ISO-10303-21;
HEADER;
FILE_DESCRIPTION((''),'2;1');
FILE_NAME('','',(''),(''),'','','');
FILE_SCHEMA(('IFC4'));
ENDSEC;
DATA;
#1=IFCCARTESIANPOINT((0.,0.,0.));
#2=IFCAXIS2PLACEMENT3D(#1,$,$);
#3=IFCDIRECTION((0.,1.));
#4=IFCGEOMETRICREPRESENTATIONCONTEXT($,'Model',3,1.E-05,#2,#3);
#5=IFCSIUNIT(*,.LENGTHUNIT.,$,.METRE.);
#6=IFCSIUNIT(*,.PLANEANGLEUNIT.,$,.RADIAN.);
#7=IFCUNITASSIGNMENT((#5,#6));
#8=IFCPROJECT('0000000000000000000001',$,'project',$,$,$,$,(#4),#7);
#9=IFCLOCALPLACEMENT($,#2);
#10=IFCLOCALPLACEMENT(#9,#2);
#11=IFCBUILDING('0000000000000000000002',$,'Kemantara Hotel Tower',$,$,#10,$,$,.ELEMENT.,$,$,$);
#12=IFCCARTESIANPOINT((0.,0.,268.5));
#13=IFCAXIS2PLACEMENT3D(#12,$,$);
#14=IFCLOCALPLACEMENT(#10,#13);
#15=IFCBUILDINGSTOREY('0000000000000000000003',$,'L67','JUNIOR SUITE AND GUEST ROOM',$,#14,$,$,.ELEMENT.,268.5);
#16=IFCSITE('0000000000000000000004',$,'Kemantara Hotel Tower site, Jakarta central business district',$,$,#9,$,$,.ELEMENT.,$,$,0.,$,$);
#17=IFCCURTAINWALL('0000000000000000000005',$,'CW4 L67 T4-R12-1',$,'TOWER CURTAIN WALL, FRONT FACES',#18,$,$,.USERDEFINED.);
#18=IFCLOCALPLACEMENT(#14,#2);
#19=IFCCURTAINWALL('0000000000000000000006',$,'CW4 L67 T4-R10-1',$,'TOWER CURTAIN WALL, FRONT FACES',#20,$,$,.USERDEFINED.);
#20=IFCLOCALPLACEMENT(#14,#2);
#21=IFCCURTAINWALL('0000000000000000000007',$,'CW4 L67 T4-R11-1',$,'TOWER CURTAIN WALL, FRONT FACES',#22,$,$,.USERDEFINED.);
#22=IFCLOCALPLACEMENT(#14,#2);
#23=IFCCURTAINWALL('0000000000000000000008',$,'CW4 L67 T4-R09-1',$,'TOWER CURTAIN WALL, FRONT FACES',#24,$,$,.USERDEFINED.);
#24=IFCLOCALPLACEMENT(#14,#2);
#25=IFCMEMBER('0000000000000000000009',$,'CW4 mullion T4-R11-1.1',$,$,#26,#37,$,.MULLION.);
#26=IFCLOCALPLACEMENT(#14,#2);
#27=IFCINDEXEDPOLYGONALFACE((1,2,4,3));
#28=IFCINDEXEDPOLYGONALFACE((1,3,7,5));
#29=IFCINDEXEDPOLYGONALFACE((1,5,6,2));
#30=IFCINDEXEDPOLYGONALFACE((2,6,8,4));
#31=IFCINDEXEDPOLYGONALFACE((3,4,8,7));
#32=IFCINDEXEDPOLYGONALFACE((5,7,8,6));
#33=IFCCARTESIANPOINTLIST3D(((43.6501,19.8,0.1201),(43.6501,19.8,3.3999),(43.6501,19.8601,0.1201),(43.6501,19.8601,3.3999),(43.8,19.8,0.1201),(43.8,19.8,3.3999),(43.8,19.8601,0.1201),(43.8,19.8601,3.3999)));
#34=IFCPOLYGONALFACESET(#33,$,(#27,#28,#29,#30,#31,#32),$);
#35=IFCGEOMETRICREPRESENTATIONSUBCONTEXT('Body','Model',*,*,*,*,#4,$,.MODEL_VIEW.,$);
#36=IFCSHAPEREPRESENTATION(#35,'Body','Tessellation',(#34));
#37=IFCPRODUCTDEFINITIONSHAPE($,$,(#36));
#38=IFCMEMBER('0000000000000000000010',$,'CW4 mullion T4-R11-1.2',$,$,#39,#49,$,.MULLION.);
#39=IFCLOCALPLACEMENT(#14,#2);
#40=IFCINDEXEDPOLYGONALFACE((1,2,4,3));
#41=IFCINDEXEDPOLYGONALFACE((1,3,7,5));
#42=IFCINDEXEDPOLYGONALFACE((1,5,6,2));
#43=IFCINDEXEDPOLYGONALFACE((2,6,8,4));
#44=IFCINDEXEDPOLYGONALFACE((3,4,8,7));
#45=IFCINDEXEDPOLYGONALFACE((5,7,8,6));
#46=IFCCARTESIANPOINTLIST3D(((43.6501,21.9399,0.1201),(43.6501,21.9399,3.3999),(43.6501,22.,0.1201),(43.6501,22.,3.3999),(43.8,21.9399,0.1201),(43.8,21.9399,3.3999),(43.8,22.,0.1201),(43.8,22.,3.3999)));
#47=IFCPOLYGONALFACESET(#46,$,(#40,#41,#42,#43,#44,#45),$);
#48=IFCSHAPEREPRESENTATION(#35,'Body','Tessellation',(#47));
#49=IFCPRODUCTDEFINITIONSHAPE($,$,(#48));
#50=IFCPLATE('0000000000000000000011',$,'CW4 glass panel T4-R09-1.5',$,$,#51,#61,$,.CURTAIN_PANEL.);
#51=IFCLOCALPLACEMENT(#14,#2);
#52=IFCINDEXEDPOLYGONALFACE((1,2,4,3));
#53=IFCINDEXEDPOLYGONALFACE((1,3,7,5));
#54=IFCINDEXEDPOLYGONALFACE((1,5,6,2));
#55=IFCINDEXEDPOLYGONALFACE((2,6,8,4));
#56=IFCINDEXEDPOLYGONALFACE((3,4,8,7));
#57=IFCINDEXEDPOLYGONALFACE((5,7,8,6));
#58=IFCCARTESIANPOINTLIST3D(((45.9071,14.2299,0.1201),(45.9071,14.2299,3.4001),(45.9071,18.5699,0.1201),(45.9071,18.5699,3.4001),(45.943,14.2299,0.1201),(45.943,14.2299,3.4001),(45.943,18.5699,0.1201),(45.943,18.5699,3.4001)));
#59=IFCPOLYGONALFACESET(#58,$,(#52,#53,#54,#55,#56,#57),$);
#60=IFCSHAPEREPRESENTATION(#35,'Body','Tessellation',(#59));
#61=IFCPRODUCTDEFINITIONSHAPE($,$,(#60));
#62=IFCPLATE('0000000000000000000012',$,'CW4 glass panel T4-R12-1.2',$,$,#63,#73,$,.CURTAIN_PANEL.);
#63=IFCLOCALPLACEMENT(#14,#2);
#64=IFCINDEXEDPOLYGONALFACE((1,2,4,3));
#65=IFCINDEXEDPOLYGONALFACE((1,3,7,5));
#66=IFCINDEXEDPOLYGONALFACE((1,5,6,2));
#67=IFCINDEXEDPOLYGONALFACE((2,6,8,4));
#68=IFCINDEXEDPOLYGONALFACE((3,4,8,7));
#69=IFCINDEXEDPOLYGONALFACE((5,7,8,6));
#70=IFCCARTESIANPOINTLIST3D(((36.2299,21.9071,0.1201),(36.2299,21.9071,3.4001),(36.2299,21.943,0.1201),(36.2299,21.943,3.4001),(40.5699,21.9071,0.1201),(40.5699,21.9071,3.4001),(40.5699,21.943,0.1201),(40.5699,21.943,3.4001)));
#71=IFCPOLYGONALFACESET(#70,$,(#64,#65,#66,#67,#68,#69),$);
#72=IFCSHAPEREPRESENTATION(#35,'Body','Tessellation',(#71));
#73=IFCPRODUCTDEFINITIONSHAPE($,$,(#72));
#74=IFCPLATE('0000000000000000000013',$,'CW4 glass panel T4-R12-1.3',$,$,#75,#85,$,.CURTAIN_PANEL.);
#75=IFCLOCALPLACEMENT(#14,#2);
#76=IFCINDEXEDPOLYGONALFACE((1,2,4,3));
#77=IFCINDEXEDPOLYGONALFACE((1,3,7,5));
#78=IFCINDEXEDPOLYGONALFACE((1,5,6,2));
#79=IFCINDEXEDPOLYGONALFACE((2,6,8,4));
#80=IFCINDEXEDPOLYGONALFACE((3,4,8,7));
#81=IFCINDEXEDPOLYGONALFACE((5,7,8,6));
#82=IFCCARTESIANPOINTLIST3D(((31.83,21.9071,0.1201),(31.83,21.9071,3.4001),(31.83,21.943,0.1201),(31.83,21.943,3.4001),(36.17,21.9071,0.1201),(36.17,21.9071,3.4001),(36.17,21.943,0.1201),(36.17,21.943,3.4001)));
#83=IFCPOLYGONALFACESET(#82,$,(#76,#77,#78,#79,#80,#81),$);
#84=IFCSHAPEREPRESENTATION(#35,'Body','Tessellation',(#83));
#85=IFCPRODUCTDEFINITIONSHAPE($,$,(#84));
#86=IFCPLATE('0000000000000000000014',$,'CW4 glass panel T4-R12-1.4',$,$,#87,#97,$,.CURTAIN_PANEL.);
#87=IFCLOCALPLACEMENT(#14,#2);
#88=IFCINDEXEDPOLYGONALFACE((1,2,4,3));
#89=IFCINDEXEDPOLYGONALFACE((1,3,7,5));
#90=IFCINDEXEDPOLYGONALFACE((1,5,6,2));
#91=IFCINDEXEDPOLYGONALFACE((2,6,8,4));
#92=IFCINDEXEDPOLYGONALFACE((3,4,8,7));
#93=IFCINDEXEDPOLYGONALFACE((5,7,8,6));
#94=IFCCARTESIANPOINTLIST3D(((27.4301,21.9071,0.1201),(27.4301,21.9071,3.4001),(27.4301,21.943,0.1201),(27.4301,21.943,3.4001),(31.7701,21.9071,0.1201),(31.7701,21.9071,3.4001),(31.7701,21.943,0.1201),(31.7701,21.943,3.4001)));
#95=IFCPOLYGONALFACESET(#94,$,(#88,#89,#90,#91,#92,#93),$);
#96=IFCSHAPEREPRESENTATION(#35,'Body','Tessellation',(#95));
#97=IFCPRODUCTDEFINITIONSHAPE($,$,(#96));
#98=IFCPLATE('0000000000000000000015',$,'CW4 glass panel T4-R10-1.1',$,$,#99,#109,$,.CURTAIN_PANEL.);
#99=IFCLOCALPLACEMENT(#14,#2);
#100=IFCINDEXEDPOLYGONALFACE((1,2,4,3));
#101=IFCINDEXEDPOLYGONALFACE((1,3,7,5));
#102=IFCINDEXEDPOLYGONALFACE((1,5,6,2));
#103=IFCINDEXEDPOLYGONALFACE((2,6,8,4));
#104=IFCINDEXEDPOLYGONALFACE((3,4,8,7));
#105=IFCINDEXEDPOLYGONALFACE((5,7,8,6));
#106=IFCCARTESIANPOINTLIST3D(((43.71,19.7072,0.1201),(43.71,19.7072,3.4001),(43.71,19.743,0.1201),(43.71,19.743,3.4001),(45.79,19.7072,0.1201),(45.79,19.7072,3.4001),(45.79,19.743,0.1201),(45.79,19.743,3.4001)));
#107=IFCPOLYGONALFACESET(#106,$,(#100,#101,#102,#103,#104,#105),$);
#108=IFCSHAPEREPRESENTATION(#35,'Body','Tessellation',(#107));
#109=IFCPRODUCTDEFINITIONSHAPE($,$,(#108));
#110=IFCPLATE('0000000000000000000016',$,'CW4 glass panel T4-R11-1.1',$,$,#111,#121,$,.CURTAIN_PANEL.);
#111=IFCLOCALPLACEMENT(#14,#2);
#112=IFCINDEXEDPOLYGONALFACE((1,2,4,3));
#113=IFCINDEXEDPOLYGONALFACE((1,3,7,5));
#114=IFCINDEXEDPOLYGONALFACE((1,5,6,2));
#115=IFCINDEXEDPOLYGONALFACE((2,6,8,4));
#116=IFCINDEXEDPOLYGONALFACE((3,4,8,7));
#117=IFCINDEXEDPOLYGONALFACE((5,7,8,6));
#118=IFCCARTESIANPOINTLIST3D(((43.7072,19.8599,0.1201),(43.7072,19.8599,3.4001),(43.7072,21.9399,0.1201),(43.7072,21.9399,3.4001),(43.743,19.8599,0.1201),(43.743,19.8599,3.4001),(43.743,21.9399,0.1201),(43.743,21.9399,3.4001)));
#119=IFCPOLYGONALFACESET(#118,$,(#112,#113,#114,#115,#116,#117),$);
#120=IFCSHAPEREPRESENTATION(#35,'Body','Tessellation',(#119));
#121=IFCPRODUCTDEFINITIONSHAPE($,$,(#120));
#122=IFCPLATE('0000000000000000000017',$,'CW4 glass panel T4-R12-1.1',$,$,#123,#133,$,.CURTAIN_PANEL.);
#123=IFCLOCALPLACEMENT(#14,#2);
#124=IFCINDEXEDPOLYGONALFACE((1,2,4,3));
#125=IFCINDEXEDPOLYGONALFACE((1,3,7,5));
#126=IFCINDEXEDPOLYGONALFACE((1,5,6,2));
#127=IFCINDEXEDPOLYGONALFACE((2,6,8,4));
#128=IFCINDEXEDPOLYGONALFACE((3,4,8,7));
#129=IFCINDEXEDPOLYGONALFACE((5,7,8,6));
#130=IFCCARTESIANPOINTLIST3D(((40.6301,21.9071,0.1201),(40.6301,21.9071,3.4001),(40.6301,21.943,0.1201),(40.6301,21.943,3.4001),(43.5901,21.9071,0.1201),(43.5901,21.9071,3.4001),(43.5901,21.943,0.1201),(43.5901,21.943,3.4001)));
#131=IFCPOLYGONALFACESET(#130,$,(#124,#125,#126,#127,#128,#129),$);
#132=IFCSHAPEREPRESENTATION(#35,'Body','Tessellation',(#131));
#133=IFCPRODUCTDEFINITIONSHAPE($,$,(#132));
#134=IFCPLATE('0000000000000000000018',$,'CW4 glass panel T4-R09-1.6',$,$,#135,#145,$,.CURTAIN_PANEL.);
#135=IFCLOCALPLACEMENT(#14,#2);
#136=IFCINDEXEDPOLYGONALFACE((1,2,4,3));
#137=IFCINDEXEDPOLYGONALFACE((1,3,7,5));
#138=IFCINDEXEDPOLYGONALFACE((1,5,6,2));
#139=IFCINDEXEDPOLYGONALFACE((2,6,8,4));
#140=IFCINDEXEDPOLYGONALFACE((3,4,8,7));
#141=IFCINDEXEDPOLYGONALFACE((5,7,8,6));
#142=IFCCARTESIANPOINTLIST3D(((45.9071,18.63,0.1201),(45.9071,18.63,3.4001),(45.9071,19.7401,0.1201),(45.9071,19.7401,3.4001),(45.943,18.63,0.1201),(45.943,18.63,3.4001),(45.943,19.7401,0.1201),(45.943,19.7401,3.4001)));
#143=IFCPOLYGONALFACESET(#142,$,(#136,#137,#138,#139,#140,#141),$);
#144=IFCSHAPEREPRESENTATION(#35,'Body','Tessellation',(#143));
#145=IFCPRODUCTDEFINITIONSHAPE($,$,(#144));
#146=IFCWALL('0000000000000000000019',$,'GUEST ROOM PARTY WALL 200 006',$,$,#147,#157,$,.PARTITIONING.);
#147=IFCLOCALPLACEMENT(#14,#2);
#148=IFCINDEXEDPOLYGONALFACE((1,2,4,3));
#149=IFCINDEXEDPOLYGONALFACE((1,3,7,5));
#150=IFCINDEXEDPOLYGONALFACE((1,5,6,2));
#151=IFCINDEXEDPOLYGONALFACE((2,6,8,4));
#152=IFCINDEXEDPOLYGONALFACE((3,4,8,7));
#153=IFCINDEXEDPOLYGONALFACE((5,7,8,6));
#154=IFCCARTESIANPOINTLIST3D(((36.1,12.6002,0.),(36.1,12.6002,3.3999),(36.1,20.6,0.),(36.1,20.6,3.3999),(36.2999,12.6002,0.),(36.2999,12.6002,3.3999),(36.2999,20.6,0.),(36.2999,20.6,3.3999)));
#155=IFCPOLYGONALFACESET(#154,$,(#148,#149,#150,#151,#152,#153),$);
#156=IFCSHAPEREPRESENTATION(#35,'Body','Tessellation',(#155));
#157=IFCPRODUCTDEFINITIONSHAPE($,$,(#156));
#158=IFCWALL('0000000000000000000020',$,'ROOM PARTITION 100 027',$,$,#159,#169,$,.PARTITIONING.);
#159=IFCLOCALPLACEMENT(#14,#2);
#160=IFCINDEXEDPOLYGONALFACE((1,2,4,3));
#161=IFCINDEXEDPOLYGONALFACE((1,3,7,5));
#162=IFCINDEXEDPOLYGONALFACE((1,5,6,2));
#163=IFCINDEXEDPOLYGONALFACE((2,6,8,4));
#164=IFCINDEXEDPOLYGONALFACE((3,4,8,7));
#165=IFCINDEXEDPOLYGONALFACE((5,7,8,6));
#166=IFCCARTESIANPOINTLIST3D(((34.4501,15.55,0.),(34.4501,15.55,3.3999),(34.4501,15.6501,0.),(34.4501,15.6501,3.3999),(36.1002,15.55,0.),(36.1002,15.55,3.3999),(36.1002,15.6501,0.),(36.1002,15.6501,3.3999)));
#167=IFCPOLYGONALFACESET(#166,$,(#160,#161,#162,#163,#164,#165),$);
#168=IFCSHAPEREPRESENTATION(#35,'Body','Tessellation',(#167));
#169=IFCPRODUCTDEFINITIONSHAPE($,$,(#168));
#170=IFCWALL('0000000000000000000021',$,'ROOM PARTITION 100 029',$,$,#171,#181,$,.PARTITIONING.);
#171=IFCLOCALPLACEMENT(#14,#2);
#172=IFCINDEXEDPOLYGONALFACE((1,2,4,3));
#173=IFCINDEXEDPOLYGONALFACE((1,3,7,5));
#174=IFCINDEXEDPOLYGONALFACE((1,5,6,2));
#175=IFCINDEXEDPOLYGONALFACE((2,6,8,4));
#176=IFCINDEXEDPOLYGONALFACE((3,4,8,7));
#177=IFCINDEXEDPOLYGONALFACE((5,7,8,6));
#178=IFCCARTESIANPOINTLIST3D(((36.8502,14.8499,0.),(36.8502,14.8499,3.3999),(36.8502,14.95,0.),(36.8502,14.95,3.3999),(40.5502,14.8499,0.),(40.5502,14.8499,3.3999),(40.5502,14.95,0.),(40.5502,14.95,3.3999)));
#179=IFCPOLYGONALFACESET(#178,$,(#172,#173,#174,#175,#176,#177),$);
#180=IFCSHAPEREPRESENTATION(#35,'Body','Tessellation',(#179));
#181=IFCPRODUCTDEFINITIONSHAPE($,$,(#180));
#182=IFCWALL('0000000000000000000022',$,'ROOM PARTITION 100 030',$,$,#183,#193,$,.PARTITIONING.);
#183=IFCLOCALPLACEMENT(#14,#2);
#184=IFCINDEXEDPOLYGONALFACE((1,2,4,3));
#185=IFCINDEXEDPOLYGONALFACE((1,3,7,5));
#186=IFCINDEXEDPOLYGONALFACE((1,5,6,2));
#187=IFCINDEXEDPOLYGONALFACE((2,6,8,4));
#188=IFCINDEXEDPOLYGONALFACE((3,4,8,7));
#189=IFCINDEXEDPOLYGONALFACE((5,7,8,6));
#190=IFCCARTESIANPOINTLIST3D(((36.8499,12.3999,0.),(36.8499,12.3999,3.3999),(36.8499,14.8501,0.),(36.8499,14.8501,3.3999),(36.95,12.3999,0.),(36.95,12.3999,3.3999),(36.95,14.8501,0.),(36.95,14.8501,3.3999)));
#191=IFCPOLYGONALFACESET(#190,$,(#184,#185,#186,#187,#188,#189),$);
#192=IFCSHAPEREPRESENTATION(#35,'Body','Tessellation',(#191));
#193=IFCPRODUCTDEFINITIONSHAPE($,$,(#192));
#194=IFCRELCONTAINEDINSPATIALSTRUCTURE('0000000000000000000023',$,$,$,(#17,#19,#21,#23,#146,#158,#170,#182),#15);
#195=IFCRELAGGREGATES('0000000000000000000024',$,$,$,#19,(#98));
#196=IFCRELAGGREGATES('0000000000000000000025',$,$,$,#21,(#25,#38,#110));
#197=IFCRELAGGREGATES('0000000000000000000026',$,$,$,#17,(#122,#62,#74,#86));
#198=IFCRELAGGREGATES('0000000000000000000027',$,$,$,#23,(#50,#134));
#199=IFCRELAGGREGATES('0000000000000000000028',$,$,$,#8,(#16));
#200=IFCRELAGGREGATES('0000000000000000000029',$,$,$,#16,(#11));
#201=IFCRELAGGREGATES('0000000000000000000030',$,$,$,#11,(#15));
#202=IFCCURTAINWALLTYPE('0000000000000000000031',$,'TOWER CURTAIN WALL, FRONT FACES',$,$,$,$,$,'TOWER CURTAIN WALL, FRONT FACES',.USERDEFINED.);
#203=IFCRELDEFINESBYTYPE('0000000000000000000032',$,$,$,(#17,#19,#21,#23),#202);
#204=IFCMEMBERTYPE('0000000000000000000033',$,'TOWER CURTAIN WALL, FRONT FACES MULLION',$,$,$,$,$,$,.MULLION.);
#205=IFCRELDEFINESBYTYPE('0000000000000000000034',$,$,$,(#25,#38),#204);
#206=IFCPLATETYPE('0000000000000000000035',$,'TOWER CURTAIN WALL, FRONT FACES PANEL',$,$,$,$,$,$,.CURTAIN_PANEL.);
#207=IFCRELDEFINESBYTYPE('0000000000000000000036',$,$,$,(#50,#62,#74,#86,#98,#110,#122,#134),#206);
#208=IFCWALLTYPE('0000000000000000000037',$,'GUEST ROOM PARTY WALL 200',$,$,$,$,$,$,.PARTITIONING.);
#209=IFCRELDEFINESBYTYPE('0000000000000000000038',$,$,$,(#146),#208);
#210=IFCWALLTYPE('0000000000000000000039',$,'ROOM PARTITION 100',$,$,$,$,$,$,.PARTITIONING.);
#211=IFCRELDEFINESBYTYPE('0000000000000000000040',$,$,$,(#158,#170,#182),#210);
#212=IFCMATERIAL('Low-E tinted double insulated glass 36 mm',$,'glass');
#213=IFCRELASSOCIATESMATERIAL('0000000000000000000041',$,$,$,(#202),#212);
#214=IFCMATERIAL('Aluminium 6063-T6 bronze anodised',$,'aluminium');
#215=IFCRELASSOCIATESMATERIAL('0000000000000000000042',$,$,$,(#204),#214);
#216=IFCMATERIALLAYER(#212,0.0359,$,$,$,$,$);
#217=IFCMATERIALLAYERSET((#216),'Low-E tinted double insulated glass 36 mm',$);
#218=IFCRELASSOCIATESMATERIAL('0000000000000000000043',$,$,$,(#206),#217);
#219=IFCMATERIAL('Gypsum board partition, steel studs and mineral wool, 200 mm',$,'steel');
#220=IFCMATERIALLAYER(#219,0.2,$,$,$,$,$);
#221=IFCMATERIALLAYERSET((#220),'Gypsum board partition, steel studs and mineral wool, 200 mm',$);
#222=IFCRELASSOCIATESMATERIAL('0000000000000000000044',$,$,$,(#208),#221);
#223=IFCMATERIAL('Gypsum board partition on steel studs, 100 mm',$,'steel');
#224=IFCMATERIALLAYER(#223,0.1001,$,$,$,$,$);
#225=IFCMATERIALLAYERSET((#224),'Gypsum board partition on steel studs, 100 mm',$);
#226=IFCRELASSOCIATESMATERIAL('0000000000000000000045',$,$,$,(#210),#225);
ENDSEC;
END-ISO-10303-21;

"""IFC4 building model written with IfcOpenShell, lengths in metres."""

from ifc_helpers import new_model, si_unit, direction, frame, frame_2d, origin, origin_2d, place, context, subcontext, project, spatial, rectangle, extrude, source, transform, mapped, material, layer, layer_set, material_profile, profile_set, type_object, element, aggregate, save


model = new_model("IFC4")

# Units and contexts
model_context = context("Model", 3, precision=1e-05, world=origin(), true_north=direction((0.0, 1.0)))
body_context = subcontext(model_context, "Body", "Model", "MODEL_VIEW")
ifc_project = project(units=[si_unit("LENGTHUNIT", "METRE"), si_unit("PLANEANGLEUNIT", "RADIAN")], contexts=[model_context])

# Site, building, storey
site_placement = place(None, origin())
site = spatial("IfcSite", under=ifc_project, at=site_placement, Name="Kemantara Hotel Tower site, Jakarta central business district", CompositionType="ELEMENT", RefElevation=0.0)
building_placement = place(site_placement, origin())
building = spatial("IfcBuilding", under=site, at=building_placement, Name="Kemantara Hotel Tower", CompositionType="ELEMENT")
storey_placement = place(building_placement, frame((0.0, 0.0, 268.5)))
storey = spatial("IfcBuildingStorey", under=building, at=storey_placement, Name="L67", Description="JUNIOR SUITE AND GUEST ROOM", CompositionType="ELEMENT", Elevation=268.5)

# Curtain walls
ifc_material_1 = material(Name="Low-E tinted double insulated glass 36 mm", Category="glass")
curtain_wall_type = type_object("IfcCurtainWallType", Name="TOWER CURTAIN WALL, FRONT FACES", ElementType="TOWER CURTAIN WALL, FRONT FACES", PredefinedType="USERDEFINED", material=ifc_material_1)
curtain_wall_1_placement = place(storey_placement, origin())
curtain_wall_1 = element("IfcCurtainWall", 1, at=curtain_wall_1_placement, inside=storey, type_object=curtain_wall_type, Name="CW4 L67 T4-R12-1", ObjectType="TOWER CURTAIN WALL, FRONT FACES", PredefinedType="USERDEFINED")
ifc_material_2 = material(Name="Aluminium 6063-T6 bronze anodised", Category="aluminium")
curtain_wall_2_placement = place(storey_placement, origin())
curtain_wall_2 = element("IfcCurtainWall", 2, at=curtain_wall_2_placement, inside=storey, type_object=curtain_wall_type, Name="CW4 L67 T4-R10-1", ObjectType="TOWER CURTAIN WALL, FRONT FACES", PredefinedType="USERDEFINED")
curtain_wall_3_placement = place(storey_placement, origin())
curtain_wall_3 = element("IfcCurtainWall", 3, at=curtain_wall_3_placement, inside=storey, type_object=curtain_wall_type, Name="CW4 L67 T4-R11-1", ObjectType="TOWER CURTAIN WALL, FRONT FACES", PredefinedType="USERDEFINED")

# Curtain wall
curtain_wall_4_placement = place(storey_placement, origin())
curtain_wall_4 = element("IfcCurtainWall", 4, at=curtain_wall_4_placement, inside=storey, type_object=curtain_wall_type, Name="CW4 L67 T4-R09-1", ObjectType="TOWER CURTAIN WALL, FRONT FACES", PredefinedType="USERDEFINED")
ifc_material_profile_1 = material_profile(ifc_material_2, rectangle(XDim=0.1499, YDim=0.0601, at=origin_2d()), Name="TOWER CURTAIN WALL, FRONT FACES MULLION")
ifc_profile_set_1 = profile_set([ifc_material_profile_1], Name="Aluminium 6063-T6 bronze anodised")
member_type_1 = type_object("IfcMemberType", Name="TOWER CURTAIN WALL, FRONT FACES MULLION", PredefinedType="MULLION", material=ifc_profile_set_1)
shared_shape_1 = source(origin(), body_context, "Body", "SweptSolid", [
    extrude(rectangle(XDim=0.1499, YDim=0.0601, at=origin_2d()), origin(), (0.0, 0.0, 1.0), 3.2798),
])

# Members
member_1_placement = place(storey_placement, frame((43.7251, 19.8301, 0.1201), z_axis=(0.0, 0.0, 1.0), x_axis=(-1.0, 0.0, 0.0)))
member_1 = element("IfcMember", 5, at=member_1_placement, type_object=member_type_1, Name="CW4 mullion T4-R11-1.1", PredefinedType="MULLION", context=body_context, shape_type="MappedRepresentation", body=[
    mapped(shared_shape_1, transform((0.0, 0.0, 0.0))),
])
member_2_placement = place(storey_placement, frame((43.7251, 21.97, 0.1201), z_axis=(0.0, 0.0, 1.0), x_axis=(-1.0, 0.0, 0.0)))
member_2 = element("IfcMember", 6, at=member_2_placement, type_object=member_type_1, Name="CW4 mullion T4-R11-1.2", PredefinedType="MULLION", context=body_context, shape_type="MappedRepresentation", body=[
    mapped(shared_shape_1, transform((0.0, 0.0, 0.0))),
])

# Plates
ifc_layer_1 = layer(ifc_material_1, 0.0359)
ifc_layer_set_1 = layer_set([ifc_layer_1], Name="Low-E tinted double insulated glass 36 mm")
plate_type = type_object("IfcPlateType", Name="TOWER CURTAIN WALL, FRONT FACES PANEL", PredefinedType="CURTAIN_PANEL", material=ifc_layer_set_1)
shared_shape_2 = source(origin(), body_context, "Body", "SweptSolid", [
    extrude(rectangle(XDim=4.3401, YDim=0.0359, at=origin_2d()), origin(), (0.0, 0.0, 1.0), 3.28),
])
plate_1_placement = place(storey_placement, frame((45.925, 16.3999, 0.1201), z_axis=(0.0, 0.0, 1.0), x_axis=(0.0, 1.0, 0.0)))
plate_1 = element("IfcPlate", 7, at=plate_1_placement, type_object=plate_type, Name="CW4 glass panel T4-R09-1.5", PredefinedType="CURTAIN_PANEL", context=body_context, shape_type="MappedRepresentation", body=[
    mapped(shared_shape_2, transform((0.0, 0.0, 0.0))),
])
plate_2_placement = place(storey_placement, frame((38.3999, 21.925, 0.1201), z_axis=(0.0, 0.0, 1.0), x_axis=(-1.0, 0.0, 0.0)))
plate_2 = element("IfcPlate", 8, at=plate_2_placement, type_object=plate_type, Name="CW4 glass panel T4-R12-1.2", PredefinedType="CURTAIN_PANEL", context=body_context, shape_type="MappedRepresentation", body=[
    mapped(shared_shape_2, transform((0.0, 0.0, 0.0))),
])
plate_3_placement = place(storey_placement, frame((34.0, 21.925, 0.1201), z_axis=(0.0, 0.0, 1.0), x_axis=(-1.0, 0.0, 0.0)))
plate_3 = element("IfcPlate", 9, at=plate_3_placement, type_object=plate_type, Name="CW4 glass panel T4-R12-1.3", PredefinedType="CURTAIN_PANEL", context=body_context, shape_type="MappedRepresentation", body=[
    mapped(shared_shape_2, transform((0.0, 0.0, 0.0))),
])
plate_4_placement = place(storey_placement, frame((29.6001, 21.925, 0.1201), z_axis=(0.0, 0.0, 1.0), x_axis=(-1.0, 0.0, 0.0)))
plate_4 = element("IfcPlate", 10, at=plate_4_placement, type_object=plate_type, Name="CW4 glass panel T4-R12-1.4", PredefinedType="CURTAIN_PANEL", context=body_context, shape_type="MappedRepresentation", body=[
    mapped(shared_shape_2, transform((0.0, 0.0, 0.0))),
])
shared_shape_3 = source(origin(), body_context, "Body", "SweptSolid", [
    extrude(rectangle(XDim=2.0801, YDim=0.0359, at=origin_2d()), origin(), (0.0, 0.0, 1.0), 3.28),
])
plate_5_placement = place(storey_placement, frame((44.75, 19.7251, 0.1201), z_axis=(0.0, 0.0, 1.0), x_axis=(-1.0, 0.0, 0.0)))
plate_5 = element("IfcPlate", 11, at=plate_5_placement, type_object=plate_type, Name="CW4 glass panel T4-R10-1.1", PredefinedType="CURTAIN_PANEL", context=body_context, shape_type="MappedRepresentation", body=[
    mapped(shared_shape_3, transform((0.0, 0.0, 0.0))),
])
aggregate(curtain_wall_2, [plate_5])
plate_6_placement = place(storey_placement, frame((43.7251, 20.8999, 0.1201), z_axis=(0.0, 0.0, 1.0), x_axis=(0.0, 1.0, 0.0)))
plate_6 = element("IfcPlate", 12, at=plate_6_placement, type_object=plate_type, Name="CW4 glass panel T4-R11-1.1", PredefinedType="CURTAIN_PANEL", context=body_context, shape_type="MappedRepresentation", body=[
    mapped(shared_shape_3, transform((0.0, 0.0, 0.0))),
])
aggregate(curtain_wall_3, [member_1, member_2, plate_6])
shared_shape_4 = source(origin(), body_context, "Body", "SweptSolid", [
    extrude(rectangle(XDim=2.96, YDim=0.0359, at=origin_2d()), origin(), (0.0, 0.0, 1.0), 3.28),
])
plate_7_placement = place(storey_placement, frame((42.1101, 21.925, 0.1201), z_axis=(0.0, 0.0, 1.0), x_axis=(-1.0, 0.0, 0.0)))
plate_7 = element("IfcPlate", 13, at=plate_7_placement, type_object=plate_type, Name="CW4 glass panel T4-R12-1.1", PredefinedType="CURTAIN_PANEL", context=body_context, shape_type="MappedRepresentation", body=[
    mapped(shared_shape_4, transform((0.0, 0.0, 0.0))),
])
aggregate(curtain_wall_1, [plate_7, plate_2, plate_3, plate_4])
shared_shape_5 = source(origin(), body_context, "Body", "SweptSolid", [
    extrude(rectangle(XDim=1.1101, YDim=0.0359, at=origin_2d()), origin(), (0.0, 0.0, 1.0), 3.28),
])
plate_8_placement = place(storey_placement, frame((45.925, 19.1851, 0.1201), z_axis=(0.0, 0.0, 1.0), x_axis=(0.0, 1.0, 0.0)))
plate_8 = element("IfcPlate", 14, at=plate_8_placement, type_object=plate_type, Name="CW4 glass panel T4-R09-1.6", PredefinedType="CURTAIN_PANEL", context=body_context, shape_type="MappedRepresentation", body=[
    mapped(shared_shape_5, transform((0.0, 0.0, 0.0))),
])
aggregate(curtain_wall_4, [plate_1, plate_8])

# Walls
ifc_material_3 = material(Name="Gypsum board partition, steel studs and mineral wool, 200 mm", Category="steel")
ifc_layer_2 = layer(ifc_material_3, 0.2)
ifc_layer_set_2 = layer_set([ifc_layer_2], Name="Gypsum board partition, steel studs and mineral wool, 200 mm")
wall_type_1 = type_object("IfcWallType", Name="GUEST ROOM PARTY WALL 200", PredefinedType="PARTITIONING", material=ifc_layer_set_2)
wall_1_placement = place(storey_placement, frame((36.2, 12.6001, 0.0), z_axis=(0.0, 0.0, 1.0), x_axis=(0.0, 1.0, 0.0)))
element("IfcWall", 15, at=wall_1_placement, inside=storey, type_object=wall_type_1, Name="GUEST ROOM PARTY WALL 200 006", PredefinedType="PARTITIONING", context=body_context, shape_type="SweptSolid", body=[
    extrude(rectangle(XDim=7.9998, YDim=0.2, at=frame_2d((4.0, 0.0))), origin(), (0.0, 0.0, 1.0), 3.3999),
])
ifc_material_4 = material(Name="Gypsum board partition on steel studs, 100 mm", Category="steel")
ifc_layer_3 = layer(ifc_material_4, 0.1001)
ifc_layer_set_3 = layer_set([ifc_layer_3], Name="Gypsum board partition on steel studs, 100 mm")
wall_type_2 = type_object("IfcWallType", Name="ROOM PARTITION 100", PredefinedType="PARTITIONING", material=ifc_layer_set_3)
wall_2_placement = place(storey_placement, frame((34.45, 15.6001, 0.0), z_axis=(0.0, 0.0, 1.0), x_axis=(1.0, 0.0, 0.0)))
element("IfcWall", 16, at=wall_2_placement, inside=storey, type_object=wall_type_2, Name="ROOM PARTITION 100 027", PredefinedType="PARTITIONING", context=body_context, shape_type="SweptSolid", body=[
    extrude(rectangle(XDim=1.6501, YDim=0.1001, at=frame_2d((0.8252, 0.0))), origin(), (0.0, 0.0, 1.0), 3.3999),
])
wall_3_placement = place(storey_placement, frame((36.8501, 14.8999, 0.0), z_axis=(0.0, 0.0, 1.0), x_axis=(1.0, 0.0, 0.0)))
element("IfcWall", 17, at=wall_3_placement, inside=storey, type_object=wall_type_2, Name="ROOM PARTITION 100 029", PredefinedType="PARTITIONING", context=body_context, shape_type="SweptSolid", body=[
    extrude(rectangle(XDim=3.7, YDim=0.1001, at=frame_2d((1.8501, 0.0))), origin(), (0.0, 0.0, 1.0), 3.3999),
])
wall_4_placement = place(storey_placement, frame((36.8999, 12.3999, 0.0), z_axis=(0.0, 0.0, 1.0), x_axis=(0.0, 1.0, 0.0)))
element("IfcWall", 18, at=wall_4_placement, inside=storey, type_object=wall_type_2, Name="ROOM PARTITION 100 030", PredefinedType="PARTITIONING", context=body_context, shape_type="SweptSolid", body=[
    extrude(rectangle(XDim=2.4502, YDim=0.1001, at=frame_2d((1.2251, 0.0))), origin(), (0.0, 0.0, 1.0), 3.3999),
])

save(model, "model.ifc")
